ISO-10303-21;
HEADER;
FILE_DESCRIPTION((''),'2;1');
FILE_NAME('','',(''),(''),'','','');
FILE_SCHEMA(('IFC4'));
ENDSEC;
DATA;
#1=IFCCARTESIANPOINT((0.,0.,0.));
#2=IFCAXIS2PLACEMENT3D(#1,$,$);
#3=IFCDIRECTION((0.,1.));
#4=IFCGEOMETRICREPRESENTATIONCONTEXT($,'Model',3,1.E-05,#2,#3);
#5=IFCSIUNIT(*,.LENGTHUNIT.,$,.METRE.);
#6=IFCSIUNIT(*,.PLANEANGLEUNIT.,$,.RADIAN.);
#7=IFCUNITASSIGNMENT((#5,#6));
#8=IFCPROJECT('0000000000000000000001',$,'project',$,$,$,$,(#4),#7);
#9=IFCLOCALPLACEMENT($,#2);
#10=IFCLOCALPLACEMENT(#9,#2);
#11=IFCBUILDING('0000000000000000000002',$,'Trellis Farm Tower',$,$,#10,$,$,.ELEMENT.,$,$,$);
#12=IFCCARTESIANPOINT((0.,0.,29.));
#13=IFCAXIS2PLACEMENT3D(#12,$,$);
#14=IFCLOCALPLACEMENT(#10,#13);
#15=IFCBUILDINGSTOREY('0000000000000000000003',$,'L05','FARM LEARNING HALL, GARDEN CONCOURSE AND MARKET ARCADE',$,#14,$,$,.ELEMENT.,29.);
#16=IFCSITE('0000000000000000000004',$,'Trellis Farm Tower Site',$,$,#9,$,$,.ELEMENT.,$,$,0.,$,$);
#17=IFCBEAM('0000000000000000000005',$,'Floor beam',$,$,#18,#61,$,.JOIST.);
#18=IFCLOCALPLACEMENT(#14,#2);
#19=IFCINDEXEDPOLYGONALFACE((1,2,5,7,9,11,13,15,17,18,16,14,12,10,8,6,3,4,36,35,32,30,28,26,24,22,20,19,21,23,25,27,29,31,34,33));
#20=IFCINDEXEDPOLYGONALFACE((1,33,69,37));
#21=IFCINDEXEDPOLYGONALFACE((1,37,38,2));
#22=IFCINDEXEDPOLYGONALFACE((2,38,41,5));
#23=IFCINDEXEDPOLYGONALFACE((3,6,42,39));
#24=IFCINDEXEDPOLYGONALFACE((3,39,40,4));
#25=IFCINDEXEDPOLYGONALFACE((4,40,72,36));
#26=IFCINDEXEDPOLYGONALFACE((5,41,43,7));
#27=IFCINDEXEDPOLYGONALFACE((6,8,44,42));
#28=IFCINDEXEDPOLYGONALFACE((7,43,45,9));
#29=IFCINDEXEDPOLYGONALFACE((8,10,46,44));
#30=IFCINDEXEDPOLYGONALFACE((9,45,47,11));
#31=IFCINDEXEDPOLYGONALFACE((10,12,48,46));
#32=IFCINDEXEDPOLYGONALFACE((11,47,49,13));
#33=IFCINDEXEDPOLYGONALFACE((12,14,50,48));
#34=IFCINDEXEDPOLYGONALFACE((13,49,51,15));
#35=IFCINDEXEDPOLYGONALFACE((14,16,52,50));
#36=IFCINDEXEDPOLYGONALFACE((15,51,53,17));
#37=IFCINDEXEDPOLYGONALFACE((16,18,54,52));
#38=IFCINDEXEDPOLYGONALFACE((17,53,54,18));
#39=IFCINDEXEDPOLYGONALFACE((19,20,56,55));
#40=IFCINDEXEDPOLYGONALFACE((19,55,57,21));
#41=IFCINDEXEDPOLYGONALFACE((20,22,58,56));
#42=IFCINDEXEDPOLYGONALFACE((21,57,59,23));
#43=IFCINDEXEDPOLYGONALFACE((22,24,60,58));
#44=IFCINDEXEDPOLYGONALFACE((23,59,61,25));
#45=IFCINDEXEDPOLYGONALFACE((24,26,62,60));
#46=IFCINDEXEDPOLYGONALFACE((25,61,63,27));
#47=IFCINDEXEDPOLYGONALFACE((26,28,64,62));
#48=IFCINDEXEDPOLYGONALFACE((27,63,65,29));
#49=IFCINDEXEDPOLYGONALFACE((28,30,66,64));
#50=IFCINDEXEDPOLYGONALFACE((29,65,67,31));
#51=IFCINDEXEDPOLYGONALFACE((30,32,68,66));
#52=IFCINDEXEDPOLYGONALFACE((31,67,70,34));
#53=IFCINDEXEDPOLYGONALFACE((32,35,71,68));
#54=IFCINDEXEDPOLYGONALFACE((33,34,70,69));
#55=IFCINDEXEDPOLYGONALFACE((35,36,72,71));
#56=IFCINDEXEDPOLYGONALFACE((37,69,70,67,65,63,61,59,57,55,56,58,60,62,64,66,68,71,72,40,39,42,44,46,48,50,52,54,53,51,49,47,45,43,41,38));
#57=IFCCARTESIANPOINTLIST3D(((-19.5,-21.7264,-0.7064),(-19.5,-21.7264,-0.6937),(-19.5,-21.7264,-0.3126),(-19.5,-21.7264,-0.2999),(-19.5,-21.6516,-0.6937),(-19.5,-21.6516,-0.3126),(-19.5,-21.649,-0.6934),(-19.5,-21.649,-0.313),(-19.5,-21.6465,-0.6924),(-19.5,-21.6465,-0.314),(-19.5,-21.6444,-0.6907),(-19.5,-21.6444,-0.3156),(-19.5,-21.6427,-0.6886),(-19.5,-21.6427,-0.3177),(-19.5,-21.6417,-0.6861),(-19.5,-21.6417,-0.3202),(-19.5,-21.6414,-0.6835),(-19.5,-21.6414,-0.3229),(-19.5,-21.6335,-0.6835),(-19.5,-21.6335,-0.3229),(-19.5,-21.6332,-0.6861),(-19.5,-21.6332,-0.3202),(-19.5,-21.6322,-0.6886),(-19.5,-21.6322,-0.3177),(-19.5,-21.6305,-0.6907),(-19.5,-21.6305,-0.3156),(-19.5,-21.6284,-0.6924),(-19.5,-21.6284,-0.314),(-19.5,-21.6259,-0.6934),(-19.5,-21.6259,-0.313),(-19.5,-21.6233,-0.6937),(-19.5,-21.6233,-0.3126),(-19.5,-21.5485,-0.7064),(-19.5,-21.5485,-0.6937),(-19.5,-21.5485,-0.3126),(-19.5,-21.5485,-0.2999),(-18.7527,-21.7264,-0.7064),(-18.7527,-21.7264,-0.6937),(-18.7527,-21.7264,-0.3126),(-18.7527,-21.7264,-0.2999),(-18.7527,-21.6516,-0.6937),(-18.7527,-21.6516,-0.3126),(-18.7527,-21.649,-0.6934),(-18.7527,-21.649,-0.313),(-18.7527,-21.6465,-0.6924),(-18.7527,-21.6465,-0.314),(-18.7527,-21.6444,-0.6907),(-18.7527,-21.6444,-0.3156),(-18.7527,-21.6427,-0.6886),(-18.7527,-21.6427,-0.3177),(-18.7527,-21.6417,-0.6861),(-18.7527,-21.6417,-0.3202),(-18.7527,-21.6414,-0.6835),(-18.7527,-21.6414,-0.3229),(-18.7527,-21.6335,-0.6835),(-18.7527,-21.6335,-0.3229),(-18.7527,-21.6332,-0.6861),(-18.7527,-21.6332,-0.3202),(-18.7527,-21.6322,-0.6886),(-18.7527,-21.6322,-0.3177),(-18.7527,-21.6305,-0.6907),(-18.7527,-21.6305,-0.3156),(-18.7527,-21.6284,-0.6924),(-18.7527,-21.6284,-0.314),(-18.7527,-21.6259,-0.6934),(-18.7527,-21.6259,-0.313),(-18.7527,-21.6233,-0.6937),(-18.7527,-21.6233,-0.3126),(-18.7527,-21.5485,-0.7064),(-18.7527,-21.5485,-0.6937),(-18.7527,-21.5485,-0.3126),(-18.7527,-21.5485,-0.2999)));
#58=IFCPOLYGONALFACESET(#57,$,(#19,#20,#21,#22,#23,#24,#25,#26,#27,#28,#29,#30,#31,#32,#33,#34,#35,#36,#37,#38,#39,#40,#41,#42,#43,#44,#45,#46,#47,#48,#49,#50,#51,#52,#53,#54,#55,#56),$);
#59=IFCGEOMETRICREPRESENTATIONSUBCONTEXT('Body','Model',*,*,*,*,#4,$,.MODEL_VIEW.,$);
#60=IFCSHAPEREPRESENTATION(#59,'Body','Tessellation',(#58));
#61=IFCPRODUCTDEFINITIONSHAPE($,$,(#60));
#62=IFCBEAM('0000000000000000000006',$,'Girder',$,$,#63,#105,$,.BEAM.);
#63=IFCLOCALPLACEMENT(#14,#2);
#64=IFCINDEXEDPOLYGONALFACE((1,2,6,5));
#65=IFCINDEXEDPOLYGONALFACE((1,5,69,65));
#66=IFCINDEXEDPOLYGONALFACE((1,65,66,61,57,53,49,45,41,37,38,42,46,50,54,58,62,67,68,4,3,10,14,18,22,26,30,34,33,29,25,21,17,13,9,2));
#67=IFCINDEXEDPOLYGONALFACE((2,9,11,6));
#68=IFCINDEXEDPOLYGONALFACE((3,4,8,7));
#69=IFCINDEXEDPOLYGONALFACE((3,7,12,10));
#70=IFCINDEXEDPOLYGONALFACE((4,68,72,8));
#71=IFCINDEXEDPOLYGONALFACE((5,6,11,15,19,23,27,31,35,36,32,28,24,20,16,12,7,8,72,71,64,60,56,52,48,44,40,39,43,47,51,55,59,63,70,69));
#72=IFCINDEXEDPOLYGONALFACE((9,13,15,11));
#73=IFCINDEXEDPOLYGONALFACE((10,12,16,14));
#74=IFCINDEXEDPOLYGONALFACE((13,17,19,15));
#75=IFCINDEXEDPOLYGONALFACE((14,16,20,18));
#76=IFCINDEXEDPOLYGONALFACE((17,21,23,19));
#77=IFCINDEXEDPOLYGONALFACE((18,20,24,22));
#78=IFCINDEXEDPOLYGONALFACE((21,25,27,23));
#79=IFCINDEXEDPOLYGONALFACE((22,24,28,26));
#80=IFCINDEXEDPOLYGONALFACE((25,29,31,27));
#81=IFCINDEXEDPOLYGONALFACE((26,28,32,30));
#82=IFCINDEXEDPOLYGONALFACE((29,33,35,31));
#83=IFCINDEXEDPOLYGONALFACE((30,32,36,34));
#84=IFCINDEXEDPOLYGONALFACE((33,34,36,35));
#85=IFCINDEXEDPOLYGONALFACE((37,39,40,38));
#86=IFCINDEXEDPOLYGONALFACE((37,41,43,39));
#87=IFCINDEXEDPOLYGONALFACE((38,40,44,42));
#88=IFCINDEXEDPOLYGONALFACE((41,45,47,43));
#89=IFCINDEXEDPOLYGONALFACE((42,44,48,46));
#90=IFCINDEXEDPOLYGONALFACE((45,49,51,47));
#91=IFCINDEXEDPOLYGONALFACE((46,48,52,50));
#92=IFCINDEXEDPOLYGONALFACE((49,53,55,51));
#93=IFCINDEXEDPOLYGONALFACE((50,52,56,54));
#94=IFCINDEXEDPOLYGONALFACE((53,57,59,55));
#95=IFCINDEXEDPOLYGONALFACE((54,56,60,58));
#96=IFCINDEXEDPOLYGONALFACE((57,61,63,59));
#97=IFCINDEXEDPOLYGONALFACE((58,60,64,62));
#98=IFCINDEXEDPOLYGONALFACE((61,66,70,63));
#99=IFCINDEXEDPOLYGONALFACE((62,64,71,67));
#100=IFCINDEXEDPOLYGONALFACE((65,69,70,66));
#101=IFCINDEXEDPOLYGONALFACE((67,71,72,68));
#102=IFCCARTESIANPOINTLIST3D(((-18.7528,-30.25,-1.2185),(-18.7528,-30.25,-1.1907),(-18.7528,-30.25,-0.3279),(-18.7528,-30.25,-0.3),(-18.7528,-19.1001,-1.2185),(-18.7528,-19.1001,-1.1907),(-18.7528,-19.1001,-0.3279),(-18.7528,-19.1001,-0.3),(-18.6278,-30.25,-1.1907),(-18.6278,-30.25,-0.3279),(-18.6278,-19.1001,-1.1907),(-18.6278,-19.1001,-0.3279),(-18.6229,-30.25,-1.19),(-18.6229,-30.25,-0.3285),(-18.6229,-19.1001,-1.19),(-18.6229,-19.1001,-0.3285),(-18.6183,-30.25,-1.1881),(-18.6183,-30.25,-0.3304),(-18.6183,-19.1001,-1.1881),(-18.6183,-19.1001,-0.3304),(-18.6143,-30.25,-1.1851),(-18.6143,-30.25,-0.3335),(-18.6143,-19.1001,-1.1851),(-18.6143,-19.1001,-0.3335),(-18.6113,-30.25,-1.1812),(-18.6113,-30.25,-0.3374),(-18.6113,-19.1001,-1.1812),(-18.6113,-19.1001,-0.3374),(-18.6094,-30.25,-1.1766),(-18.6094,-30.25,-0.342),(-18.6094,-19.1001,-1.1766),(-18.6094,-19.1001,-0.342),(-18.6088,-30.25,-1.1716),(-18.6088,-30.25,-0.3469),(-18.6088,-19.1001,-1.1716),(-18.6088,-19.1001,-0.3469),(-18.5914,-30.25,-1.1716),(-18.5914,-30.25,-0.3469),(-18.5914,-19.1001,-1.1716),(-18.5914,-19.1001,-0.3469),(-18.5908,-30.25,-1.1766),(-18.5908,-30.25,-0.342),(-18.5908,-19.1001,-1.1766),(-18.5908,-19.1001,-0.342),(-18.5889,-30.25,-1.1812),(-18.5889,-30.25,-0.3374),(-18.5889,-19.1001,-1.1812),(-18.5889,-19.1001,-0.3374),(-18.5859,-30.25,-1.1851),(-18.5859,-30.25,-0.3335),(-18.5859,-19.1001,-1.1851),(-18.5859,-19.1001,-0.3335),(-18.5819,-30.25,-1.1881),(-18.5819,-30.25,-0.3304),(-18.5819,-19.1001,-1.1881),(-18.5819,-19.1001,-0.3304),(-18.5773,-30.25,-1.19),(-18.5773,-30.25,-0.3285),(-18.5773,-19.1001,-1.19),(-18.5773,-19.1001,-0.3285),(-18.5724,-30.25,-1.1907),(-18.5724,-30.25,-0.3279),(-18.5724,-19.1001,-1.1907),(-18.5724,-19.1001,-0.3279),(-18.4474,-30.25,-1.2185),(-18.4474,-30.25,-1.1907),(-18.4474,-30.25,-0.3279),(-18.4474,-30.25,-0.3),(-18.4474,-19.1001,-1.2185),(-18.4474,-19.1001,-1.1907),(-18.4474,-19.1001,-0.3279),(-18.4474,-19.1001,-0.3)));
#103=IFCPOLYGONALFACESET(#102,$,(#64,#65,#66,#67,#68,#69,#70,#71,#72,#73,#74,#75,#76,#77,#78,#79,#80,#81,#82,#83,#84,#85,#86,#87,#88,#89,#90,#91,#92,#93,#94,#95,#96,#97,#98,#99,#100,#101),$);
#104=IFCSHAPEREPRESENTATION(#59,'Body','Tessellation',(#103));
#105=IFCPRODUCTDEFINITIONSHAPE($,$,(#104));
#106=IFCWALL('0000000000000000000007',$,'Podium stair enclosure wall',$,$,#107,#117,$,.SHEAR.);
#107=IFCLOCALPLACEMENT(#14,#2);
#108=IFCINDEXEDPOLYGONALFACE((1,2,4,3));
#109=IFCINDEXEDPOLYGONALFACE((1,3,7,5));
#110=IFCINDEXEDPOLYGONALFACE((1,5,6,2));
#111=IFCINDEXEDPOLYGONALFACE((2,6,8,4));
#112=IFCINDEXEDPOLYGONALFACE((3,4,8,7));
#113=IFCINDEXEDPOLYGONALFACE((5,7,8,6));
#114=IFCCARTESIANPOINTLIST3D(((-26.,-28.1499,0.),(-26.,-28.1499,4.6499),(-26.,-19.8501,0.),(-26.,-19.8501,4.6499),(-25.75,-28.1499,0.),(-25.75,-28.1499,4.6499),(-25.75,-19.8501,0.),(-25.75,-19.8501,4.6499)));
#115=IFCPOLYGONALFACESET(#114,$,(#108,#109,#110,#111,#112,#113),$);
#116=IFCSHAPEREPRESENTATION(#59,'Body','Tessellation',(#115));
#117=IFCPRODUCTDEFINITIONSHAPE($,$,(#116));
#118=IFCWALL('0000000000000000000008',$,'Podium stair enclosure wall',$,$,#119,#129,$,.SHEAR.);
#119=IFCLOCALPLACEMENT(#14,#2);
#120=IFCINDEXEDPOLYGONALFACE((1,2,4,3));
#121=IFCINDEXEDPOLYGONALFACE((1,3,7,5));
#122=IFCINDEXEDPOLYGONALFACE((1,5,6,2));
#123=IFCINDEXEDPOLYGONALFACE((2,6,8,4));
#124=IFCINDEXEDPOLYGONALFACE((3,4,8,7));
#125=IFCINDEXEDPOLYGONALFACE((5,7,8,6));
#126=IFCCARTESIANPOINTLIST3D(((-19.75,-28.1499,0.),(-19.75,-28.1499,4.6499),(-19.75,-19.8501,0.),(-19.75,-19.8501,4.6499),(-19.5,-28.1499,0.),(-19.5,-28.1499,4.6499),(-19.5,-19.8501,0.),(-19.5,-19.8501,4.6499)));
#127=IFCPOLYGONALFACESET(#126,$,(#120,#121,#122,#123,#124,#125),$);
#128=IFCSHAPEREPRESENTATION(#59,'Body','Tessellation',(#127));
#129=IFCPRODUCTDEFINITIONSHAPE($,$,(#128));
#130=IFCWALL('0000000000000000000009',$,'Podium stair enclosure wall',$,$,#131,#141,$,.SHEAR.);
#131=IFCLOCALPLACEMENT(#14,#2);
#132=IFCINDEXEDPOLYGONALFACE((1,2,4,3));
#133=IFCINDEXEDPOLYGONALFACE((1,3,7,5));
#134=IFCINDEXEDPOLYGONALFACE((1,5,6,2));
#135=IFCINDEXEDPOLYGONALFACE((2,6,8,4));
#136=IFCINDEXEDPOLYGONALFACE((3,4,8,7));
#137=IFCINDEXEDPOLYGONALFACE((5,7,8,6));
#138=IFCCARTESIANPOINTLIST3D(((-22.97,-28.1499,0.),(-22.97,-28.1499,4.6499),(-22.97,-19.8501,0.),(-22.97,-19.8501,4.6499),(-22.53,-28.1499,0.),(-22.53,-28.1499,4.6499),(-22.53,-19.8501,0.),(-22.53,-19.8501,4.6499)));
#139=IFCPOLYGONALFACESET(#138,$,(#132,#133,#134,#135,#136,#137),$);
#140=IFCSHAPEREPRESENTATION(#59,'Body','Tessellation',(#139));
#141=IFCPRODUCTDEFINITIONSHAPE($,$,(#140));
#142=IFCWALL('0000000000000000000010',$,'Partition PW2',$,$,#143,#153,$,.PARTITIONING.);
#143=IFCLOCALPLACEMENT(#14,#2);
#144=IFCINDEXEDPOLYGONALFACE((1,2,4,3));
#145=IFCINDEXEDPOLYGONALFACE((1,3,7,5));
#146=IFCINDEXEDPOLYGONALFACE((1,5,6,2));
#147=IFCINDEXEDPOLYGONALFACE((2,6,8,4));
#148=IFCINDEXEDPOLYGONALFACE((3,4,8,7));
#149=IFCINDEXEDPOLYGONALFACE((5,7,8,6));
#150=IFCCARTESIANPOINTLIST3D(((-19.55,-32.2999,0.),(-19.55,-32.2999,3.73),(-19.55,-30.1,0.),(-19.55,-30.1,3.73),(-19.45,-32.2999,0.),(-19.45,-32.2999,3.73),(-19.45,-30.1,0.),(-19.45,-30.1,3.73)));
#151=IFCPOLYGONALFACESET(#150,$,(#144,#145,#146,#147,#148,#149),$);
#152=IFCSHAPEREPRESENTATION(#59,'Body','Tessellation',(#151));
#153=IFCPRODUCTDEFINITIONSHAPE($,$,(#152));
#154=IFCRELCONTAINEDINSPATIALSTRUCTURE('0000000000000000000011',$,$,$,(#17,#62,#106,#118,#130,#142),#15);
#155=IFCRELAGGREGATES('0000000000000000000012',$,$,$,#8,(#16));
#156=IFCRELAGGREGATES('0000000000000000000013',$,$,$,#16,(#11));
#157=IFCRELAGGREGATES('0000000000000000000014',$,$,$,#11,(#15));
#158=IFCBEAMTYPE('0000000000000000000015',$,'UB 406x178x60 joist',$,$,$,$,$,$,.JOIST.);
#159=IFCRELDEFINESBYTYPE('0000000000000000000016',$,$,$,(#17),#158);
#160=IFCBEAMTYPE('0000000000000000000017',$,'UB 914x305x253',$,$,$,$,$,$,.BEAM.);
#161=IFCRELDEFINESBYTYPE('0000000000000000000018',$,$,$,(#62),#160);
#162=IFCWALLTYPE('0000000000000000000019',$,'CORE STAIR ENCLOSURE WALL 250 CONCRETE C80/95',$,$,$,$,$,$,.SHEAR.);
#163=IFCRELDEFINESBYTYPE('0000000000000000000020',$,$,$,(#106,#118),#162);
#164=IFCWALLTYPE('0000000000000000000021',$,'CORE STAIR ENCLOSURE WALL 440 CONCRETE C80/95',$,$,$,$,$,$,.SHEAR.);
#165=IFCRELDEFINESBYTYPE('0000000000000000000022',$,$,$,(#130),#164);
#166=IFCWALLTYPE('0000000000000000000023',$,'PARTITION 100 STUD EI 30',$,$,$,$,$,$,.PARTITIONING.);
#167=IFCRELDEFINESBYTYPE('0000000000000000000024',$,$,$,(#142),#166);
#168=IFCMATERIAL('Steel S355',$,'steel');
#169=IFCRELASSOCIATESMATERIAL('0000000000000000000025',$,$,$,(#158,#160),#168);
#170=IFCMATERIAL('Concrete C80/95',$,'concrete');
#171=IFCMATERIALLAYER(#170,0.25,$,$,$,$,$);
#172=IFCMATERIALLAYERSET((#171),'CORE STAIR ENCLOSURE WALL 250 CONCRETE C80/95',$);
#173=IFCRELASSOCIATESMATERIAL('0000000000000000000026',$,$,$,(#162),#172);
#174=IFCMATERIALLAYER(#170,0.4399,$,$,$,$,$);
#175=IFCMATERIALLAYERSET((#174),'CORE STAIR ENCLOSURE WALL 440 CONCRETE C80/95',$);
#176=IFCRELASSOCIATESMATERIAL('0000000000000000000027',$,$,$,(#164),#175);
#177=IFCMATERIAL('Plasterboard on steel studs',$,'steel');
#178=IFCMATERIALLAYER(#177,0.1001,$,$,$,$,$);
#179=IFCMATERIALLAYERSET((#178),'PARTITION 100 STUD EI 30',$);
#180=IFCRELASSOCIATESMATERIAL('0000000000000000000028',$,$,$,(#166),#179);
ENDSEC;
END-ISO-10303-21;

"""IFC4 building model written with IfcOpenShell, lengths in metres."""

from ifc_helpers import new_model, si_unit, direction, frame, frame_2d, origin, origin_2d, place, context, subcontext, project, spatial, rectangle, i_section, extrude, source, transform, mapped, material, layer, layer_set, material_profile, profile_set, type_object, element, save


model = new_model("IFC4")

# Units and contexts
model_context = context("Model", 3, precision=1e-05, world=origin(), true_north=direction((0.0, 1.0)))
body_context = subcontext(model_context, "Body", "Model", "MODEL_VIEW")
ifc_project = project(units=[si_unit("LENGTHUNIT", "METRE"), si_unit("PLANEANGLEUNIT", "RADIAN")], contexts=[model_context])

# Site, building, storey
site_placement = place(None, origin())
site = spatial("IfcSite", under=ifc_project, at=site_placement, Name="Trellis Farm Tower Site", CompositionType="ELEMENT", RefElevation=0.0)
building_placement = place(site_placement, origin())
building = spatial("IfcBuilding", under=site, at=building_placement, Name="Trellis Farm Tower", CompositionType="ELEMENT")
storey_placement = place(building_placement, frame((0.0, 0.0, 29.0)))
storey = spatial("IfcBuildingStorey", under=building, at=storey_placement, Name="L05", Description="FARM LEARNING HALL, GARDEN CONCOURSE AND MARKET ARCADE", CompositionType="ELEMENT", Elevation=29.0)

# Beams
ifc_material_1 = material(Name="Steel S355", Category="steel")
ifc_material_profile_1 = material_profile(ifc_material_1, i_section(OverallWidth=0.178, OverallDepth=0.4065, WebThickness=0.0078, FlangeThickness=0.0127, FilletRadius=0.0103, at=origin_2d()), Name="UB 406x178x60")
ifc_profile_set_1 = profile_set([ifc_material_profile_1], Name="Steel S355")
beam_type_1 = type_object("IfcBeamType", Name="UB 406x178x60 joist", PredefinedType="JOIST", material=ifc_profile_set_1)
shared_shape_1 = source(origin(), body_context, "Body", "SweptSolid", [
    extrude(i_section(OverallWidth=0.178, OverallDepth=0.4065, WebThickness=0.0078, FlangeThickness=0.0127, FilletRadius=0.0103, at=origin_2d()), origin(), (0.0, 0.0, 1.0), 0.7473),
])
for number, where, z_axis, x_axis, name in (
    (1, (-19.5, -21.6375, -0.5032), (1.0, 0.0, 0.0), (0.0, 1.0, 0.0), "Floor beam"),
):
    element("IfcBeam", number, at=place(storey_placement, frame(where, z_axis=z_axis, x_axis=x_axis)), inside=storey, type_object=beam_type_1, Name=name, PredefinedType="JOIST", context=body_context, shape_type="MappedRepresentation", body=[
        mapped(shared_shape_1, transform((0.0, 0.0, 0.0))),
    ])
ifc_material_profile_2 = material_profile(ifc_material_1, i_section(OverallWidth=0.3054, OverallDepth=0.9185, WebThickness=0.0173, FlangeThickness=0.0278, FilletRadius=0.019, at=origin_2d()), Name="UB 914x305x253")
ifc_profile_set_2 = profile_set([ifc_material_profile_2], Name="Steel S355")
beam_type_2 = type_object("IfcBeamType", Name="UB 914x305x253", PredefinedType="BEAM", material=ifc_profile_set_2)
shared_shape_2 = source(origin(), body_context, "Body", "SweptSolid", [
    extrude(i_section(OverallWidth=0.3054, OverallDepth=0.9185, WebThickness=0.0173, FlangeThickness=0.0278, FilletRadius=0.019, at=origin_2d()), origin(), (0.0, 0.0, 1.0), 11.1499),
])
beam_1_placement = place(storey_placement, frame((-18.6001, -30.25, -0.7593), z_axis=(0.0, 1.0, 0.0), x_axis=(-1.0, 0.0, 0.0)))
element("IfcBeam", 2, at=beam_1_placement, inside=storey, type_object=beam_type_2, Name="Girder", PredefinedType="BEAM", context=body_context, shape_type="MappedRepresentation", body=[
    mapped(shared_shape_2, transform((0.0, 0.0, 0.0))),
])

# Walls
ifc_material_2 = material(Name="Concrete C80/95", Category="concrete")
ifc_layer_1 = layer(ifc_material_2, 0.25)
ifc_layer_set_1 = layer_set([ifc_layer_1], Name="CORE STAIR ENCLOSURE WALL 250 CONCRETE C80/95")
wall_type_1 = type_object("IfcWallType", Name="CORE STAIR ENCLOSURE WALL 250 CONCRETE C80/95", PredefinedType="SHEAR", material=ifc_layer_set_1)
shared_shape_3 = source(origin(), body_context, "Body", "SweptSolid", [
    extrude(rectangle(XDim=8.2998, YDim=0.25, at=frame_2d((4.1499, 0.0))), origin(), (0.0, 0.0, 1.0), 4.6499),
])
for number, where, z_axis, x_axis, name in (
    (3, (-25.875, -28.1499, 0.0), (0.0, 0.0, 1.0), (0.0, 1.0, 0.0), "Podium stair enclosure wall"),
    (4, (-19.625, -28.1499, 0.0), (0.0, 0.0, 1.0), (0.0, 1.0, 0.0), "Podium stair enclosure wall"),
):
    element("IfcWall", number, at=place(storey_placement, frame(where, z_axis=z_axis, x_axis=x_axis)), inside=storey, type_object=wall_type_1, Name=name, PredefinedType="SHEAR", context=body_context, shape_type="MappedRepresentation", body=[
        mapped(shared_shape_3, transform((0.0, 0.0, 0.0))),
    ])
ifc_layer_2 = layer(ifc_material_2, 0.4399)
ifc_layer_set_2 = layer_set([ifc_layer_2], Name="CORE STAIR ENCLOSURE WALL 440 CONCRETE C80/95")
wall_type_2 = type_object("IfcWallType", Name="CORE STAIR ENCLOSURE WALL 440 CONCRETE C80/95", PredefinedType="SHEAR", material=ifc_layer_set_2)
shared_shape_4 = source(origin(), body_context, "Body", "SweptSolid", [
    extrude(rectangle(XDim=8.2998, YDim=0.4399, at=frame_2d((4.1499, 0.0))), origin(), (0.0, 0.0, 1.0), 4.6499),
])
wall_1_placement = place(storey_placement, frame((-22.75, -28.1499, 0.0), z_axis=(0.0, 0.0, 1.0), x_axis=(0.0, 1.0, 0.0)))
element("IfcWall", 5, at=wall_1_placement, inside=storey, type_object=wall_type_2, Name="Podium stair enclosure wall", PredefinedType="SHEAR", context=body_context, shape_type="MappedRepresentation", body=[
    mapped(shared_shape_4, transform((0.0, 0.0, 0.0))),
])
ifc_material_3 = material(Name="Plasterboard on steel studs", Category="steel")
ifc_layer_3 = layer(ifc_material_3, 0.1001)
ifc_layer_set_3 = layer_set([ifc_layer_3], Name="PARTITION 100 STUD EI 30")
wall_type_3 = type_object("IfcWallType", Name="PARTITION 100 STUD EI 30", PredefinedType="PARTITIONING", material=ifc_layer_set_3)
shared_shape_5 = source(origin(), body_context, "Body", "SweptSolid", [
    extrude(rectangle(XDim=2.2, YDim=0.1001, at=frame_2d((1.1001, 0.0))), origin(), (0.0, 0.0, 1.0), 3.73),
])
wall_2_placement = place(storey_placement, frame((-19.5, -32.3, 0.0), z_axis=(0.0, 0.0, 1.0), x_axis=(0.0, 1.0, 0.0)))
element("IfcWall", 6, at=wall_2_placement, inside=storey, type_object=wall_type_3, Name="Partition PW2", PredefinedType="PARTITIONING", context=body_context, shape_type="MappedRepresentation", body=[
    mapped(shared_shape_5, transform((0.0, 0.0, 0.0))),
])

save(model, "model.ifc")
